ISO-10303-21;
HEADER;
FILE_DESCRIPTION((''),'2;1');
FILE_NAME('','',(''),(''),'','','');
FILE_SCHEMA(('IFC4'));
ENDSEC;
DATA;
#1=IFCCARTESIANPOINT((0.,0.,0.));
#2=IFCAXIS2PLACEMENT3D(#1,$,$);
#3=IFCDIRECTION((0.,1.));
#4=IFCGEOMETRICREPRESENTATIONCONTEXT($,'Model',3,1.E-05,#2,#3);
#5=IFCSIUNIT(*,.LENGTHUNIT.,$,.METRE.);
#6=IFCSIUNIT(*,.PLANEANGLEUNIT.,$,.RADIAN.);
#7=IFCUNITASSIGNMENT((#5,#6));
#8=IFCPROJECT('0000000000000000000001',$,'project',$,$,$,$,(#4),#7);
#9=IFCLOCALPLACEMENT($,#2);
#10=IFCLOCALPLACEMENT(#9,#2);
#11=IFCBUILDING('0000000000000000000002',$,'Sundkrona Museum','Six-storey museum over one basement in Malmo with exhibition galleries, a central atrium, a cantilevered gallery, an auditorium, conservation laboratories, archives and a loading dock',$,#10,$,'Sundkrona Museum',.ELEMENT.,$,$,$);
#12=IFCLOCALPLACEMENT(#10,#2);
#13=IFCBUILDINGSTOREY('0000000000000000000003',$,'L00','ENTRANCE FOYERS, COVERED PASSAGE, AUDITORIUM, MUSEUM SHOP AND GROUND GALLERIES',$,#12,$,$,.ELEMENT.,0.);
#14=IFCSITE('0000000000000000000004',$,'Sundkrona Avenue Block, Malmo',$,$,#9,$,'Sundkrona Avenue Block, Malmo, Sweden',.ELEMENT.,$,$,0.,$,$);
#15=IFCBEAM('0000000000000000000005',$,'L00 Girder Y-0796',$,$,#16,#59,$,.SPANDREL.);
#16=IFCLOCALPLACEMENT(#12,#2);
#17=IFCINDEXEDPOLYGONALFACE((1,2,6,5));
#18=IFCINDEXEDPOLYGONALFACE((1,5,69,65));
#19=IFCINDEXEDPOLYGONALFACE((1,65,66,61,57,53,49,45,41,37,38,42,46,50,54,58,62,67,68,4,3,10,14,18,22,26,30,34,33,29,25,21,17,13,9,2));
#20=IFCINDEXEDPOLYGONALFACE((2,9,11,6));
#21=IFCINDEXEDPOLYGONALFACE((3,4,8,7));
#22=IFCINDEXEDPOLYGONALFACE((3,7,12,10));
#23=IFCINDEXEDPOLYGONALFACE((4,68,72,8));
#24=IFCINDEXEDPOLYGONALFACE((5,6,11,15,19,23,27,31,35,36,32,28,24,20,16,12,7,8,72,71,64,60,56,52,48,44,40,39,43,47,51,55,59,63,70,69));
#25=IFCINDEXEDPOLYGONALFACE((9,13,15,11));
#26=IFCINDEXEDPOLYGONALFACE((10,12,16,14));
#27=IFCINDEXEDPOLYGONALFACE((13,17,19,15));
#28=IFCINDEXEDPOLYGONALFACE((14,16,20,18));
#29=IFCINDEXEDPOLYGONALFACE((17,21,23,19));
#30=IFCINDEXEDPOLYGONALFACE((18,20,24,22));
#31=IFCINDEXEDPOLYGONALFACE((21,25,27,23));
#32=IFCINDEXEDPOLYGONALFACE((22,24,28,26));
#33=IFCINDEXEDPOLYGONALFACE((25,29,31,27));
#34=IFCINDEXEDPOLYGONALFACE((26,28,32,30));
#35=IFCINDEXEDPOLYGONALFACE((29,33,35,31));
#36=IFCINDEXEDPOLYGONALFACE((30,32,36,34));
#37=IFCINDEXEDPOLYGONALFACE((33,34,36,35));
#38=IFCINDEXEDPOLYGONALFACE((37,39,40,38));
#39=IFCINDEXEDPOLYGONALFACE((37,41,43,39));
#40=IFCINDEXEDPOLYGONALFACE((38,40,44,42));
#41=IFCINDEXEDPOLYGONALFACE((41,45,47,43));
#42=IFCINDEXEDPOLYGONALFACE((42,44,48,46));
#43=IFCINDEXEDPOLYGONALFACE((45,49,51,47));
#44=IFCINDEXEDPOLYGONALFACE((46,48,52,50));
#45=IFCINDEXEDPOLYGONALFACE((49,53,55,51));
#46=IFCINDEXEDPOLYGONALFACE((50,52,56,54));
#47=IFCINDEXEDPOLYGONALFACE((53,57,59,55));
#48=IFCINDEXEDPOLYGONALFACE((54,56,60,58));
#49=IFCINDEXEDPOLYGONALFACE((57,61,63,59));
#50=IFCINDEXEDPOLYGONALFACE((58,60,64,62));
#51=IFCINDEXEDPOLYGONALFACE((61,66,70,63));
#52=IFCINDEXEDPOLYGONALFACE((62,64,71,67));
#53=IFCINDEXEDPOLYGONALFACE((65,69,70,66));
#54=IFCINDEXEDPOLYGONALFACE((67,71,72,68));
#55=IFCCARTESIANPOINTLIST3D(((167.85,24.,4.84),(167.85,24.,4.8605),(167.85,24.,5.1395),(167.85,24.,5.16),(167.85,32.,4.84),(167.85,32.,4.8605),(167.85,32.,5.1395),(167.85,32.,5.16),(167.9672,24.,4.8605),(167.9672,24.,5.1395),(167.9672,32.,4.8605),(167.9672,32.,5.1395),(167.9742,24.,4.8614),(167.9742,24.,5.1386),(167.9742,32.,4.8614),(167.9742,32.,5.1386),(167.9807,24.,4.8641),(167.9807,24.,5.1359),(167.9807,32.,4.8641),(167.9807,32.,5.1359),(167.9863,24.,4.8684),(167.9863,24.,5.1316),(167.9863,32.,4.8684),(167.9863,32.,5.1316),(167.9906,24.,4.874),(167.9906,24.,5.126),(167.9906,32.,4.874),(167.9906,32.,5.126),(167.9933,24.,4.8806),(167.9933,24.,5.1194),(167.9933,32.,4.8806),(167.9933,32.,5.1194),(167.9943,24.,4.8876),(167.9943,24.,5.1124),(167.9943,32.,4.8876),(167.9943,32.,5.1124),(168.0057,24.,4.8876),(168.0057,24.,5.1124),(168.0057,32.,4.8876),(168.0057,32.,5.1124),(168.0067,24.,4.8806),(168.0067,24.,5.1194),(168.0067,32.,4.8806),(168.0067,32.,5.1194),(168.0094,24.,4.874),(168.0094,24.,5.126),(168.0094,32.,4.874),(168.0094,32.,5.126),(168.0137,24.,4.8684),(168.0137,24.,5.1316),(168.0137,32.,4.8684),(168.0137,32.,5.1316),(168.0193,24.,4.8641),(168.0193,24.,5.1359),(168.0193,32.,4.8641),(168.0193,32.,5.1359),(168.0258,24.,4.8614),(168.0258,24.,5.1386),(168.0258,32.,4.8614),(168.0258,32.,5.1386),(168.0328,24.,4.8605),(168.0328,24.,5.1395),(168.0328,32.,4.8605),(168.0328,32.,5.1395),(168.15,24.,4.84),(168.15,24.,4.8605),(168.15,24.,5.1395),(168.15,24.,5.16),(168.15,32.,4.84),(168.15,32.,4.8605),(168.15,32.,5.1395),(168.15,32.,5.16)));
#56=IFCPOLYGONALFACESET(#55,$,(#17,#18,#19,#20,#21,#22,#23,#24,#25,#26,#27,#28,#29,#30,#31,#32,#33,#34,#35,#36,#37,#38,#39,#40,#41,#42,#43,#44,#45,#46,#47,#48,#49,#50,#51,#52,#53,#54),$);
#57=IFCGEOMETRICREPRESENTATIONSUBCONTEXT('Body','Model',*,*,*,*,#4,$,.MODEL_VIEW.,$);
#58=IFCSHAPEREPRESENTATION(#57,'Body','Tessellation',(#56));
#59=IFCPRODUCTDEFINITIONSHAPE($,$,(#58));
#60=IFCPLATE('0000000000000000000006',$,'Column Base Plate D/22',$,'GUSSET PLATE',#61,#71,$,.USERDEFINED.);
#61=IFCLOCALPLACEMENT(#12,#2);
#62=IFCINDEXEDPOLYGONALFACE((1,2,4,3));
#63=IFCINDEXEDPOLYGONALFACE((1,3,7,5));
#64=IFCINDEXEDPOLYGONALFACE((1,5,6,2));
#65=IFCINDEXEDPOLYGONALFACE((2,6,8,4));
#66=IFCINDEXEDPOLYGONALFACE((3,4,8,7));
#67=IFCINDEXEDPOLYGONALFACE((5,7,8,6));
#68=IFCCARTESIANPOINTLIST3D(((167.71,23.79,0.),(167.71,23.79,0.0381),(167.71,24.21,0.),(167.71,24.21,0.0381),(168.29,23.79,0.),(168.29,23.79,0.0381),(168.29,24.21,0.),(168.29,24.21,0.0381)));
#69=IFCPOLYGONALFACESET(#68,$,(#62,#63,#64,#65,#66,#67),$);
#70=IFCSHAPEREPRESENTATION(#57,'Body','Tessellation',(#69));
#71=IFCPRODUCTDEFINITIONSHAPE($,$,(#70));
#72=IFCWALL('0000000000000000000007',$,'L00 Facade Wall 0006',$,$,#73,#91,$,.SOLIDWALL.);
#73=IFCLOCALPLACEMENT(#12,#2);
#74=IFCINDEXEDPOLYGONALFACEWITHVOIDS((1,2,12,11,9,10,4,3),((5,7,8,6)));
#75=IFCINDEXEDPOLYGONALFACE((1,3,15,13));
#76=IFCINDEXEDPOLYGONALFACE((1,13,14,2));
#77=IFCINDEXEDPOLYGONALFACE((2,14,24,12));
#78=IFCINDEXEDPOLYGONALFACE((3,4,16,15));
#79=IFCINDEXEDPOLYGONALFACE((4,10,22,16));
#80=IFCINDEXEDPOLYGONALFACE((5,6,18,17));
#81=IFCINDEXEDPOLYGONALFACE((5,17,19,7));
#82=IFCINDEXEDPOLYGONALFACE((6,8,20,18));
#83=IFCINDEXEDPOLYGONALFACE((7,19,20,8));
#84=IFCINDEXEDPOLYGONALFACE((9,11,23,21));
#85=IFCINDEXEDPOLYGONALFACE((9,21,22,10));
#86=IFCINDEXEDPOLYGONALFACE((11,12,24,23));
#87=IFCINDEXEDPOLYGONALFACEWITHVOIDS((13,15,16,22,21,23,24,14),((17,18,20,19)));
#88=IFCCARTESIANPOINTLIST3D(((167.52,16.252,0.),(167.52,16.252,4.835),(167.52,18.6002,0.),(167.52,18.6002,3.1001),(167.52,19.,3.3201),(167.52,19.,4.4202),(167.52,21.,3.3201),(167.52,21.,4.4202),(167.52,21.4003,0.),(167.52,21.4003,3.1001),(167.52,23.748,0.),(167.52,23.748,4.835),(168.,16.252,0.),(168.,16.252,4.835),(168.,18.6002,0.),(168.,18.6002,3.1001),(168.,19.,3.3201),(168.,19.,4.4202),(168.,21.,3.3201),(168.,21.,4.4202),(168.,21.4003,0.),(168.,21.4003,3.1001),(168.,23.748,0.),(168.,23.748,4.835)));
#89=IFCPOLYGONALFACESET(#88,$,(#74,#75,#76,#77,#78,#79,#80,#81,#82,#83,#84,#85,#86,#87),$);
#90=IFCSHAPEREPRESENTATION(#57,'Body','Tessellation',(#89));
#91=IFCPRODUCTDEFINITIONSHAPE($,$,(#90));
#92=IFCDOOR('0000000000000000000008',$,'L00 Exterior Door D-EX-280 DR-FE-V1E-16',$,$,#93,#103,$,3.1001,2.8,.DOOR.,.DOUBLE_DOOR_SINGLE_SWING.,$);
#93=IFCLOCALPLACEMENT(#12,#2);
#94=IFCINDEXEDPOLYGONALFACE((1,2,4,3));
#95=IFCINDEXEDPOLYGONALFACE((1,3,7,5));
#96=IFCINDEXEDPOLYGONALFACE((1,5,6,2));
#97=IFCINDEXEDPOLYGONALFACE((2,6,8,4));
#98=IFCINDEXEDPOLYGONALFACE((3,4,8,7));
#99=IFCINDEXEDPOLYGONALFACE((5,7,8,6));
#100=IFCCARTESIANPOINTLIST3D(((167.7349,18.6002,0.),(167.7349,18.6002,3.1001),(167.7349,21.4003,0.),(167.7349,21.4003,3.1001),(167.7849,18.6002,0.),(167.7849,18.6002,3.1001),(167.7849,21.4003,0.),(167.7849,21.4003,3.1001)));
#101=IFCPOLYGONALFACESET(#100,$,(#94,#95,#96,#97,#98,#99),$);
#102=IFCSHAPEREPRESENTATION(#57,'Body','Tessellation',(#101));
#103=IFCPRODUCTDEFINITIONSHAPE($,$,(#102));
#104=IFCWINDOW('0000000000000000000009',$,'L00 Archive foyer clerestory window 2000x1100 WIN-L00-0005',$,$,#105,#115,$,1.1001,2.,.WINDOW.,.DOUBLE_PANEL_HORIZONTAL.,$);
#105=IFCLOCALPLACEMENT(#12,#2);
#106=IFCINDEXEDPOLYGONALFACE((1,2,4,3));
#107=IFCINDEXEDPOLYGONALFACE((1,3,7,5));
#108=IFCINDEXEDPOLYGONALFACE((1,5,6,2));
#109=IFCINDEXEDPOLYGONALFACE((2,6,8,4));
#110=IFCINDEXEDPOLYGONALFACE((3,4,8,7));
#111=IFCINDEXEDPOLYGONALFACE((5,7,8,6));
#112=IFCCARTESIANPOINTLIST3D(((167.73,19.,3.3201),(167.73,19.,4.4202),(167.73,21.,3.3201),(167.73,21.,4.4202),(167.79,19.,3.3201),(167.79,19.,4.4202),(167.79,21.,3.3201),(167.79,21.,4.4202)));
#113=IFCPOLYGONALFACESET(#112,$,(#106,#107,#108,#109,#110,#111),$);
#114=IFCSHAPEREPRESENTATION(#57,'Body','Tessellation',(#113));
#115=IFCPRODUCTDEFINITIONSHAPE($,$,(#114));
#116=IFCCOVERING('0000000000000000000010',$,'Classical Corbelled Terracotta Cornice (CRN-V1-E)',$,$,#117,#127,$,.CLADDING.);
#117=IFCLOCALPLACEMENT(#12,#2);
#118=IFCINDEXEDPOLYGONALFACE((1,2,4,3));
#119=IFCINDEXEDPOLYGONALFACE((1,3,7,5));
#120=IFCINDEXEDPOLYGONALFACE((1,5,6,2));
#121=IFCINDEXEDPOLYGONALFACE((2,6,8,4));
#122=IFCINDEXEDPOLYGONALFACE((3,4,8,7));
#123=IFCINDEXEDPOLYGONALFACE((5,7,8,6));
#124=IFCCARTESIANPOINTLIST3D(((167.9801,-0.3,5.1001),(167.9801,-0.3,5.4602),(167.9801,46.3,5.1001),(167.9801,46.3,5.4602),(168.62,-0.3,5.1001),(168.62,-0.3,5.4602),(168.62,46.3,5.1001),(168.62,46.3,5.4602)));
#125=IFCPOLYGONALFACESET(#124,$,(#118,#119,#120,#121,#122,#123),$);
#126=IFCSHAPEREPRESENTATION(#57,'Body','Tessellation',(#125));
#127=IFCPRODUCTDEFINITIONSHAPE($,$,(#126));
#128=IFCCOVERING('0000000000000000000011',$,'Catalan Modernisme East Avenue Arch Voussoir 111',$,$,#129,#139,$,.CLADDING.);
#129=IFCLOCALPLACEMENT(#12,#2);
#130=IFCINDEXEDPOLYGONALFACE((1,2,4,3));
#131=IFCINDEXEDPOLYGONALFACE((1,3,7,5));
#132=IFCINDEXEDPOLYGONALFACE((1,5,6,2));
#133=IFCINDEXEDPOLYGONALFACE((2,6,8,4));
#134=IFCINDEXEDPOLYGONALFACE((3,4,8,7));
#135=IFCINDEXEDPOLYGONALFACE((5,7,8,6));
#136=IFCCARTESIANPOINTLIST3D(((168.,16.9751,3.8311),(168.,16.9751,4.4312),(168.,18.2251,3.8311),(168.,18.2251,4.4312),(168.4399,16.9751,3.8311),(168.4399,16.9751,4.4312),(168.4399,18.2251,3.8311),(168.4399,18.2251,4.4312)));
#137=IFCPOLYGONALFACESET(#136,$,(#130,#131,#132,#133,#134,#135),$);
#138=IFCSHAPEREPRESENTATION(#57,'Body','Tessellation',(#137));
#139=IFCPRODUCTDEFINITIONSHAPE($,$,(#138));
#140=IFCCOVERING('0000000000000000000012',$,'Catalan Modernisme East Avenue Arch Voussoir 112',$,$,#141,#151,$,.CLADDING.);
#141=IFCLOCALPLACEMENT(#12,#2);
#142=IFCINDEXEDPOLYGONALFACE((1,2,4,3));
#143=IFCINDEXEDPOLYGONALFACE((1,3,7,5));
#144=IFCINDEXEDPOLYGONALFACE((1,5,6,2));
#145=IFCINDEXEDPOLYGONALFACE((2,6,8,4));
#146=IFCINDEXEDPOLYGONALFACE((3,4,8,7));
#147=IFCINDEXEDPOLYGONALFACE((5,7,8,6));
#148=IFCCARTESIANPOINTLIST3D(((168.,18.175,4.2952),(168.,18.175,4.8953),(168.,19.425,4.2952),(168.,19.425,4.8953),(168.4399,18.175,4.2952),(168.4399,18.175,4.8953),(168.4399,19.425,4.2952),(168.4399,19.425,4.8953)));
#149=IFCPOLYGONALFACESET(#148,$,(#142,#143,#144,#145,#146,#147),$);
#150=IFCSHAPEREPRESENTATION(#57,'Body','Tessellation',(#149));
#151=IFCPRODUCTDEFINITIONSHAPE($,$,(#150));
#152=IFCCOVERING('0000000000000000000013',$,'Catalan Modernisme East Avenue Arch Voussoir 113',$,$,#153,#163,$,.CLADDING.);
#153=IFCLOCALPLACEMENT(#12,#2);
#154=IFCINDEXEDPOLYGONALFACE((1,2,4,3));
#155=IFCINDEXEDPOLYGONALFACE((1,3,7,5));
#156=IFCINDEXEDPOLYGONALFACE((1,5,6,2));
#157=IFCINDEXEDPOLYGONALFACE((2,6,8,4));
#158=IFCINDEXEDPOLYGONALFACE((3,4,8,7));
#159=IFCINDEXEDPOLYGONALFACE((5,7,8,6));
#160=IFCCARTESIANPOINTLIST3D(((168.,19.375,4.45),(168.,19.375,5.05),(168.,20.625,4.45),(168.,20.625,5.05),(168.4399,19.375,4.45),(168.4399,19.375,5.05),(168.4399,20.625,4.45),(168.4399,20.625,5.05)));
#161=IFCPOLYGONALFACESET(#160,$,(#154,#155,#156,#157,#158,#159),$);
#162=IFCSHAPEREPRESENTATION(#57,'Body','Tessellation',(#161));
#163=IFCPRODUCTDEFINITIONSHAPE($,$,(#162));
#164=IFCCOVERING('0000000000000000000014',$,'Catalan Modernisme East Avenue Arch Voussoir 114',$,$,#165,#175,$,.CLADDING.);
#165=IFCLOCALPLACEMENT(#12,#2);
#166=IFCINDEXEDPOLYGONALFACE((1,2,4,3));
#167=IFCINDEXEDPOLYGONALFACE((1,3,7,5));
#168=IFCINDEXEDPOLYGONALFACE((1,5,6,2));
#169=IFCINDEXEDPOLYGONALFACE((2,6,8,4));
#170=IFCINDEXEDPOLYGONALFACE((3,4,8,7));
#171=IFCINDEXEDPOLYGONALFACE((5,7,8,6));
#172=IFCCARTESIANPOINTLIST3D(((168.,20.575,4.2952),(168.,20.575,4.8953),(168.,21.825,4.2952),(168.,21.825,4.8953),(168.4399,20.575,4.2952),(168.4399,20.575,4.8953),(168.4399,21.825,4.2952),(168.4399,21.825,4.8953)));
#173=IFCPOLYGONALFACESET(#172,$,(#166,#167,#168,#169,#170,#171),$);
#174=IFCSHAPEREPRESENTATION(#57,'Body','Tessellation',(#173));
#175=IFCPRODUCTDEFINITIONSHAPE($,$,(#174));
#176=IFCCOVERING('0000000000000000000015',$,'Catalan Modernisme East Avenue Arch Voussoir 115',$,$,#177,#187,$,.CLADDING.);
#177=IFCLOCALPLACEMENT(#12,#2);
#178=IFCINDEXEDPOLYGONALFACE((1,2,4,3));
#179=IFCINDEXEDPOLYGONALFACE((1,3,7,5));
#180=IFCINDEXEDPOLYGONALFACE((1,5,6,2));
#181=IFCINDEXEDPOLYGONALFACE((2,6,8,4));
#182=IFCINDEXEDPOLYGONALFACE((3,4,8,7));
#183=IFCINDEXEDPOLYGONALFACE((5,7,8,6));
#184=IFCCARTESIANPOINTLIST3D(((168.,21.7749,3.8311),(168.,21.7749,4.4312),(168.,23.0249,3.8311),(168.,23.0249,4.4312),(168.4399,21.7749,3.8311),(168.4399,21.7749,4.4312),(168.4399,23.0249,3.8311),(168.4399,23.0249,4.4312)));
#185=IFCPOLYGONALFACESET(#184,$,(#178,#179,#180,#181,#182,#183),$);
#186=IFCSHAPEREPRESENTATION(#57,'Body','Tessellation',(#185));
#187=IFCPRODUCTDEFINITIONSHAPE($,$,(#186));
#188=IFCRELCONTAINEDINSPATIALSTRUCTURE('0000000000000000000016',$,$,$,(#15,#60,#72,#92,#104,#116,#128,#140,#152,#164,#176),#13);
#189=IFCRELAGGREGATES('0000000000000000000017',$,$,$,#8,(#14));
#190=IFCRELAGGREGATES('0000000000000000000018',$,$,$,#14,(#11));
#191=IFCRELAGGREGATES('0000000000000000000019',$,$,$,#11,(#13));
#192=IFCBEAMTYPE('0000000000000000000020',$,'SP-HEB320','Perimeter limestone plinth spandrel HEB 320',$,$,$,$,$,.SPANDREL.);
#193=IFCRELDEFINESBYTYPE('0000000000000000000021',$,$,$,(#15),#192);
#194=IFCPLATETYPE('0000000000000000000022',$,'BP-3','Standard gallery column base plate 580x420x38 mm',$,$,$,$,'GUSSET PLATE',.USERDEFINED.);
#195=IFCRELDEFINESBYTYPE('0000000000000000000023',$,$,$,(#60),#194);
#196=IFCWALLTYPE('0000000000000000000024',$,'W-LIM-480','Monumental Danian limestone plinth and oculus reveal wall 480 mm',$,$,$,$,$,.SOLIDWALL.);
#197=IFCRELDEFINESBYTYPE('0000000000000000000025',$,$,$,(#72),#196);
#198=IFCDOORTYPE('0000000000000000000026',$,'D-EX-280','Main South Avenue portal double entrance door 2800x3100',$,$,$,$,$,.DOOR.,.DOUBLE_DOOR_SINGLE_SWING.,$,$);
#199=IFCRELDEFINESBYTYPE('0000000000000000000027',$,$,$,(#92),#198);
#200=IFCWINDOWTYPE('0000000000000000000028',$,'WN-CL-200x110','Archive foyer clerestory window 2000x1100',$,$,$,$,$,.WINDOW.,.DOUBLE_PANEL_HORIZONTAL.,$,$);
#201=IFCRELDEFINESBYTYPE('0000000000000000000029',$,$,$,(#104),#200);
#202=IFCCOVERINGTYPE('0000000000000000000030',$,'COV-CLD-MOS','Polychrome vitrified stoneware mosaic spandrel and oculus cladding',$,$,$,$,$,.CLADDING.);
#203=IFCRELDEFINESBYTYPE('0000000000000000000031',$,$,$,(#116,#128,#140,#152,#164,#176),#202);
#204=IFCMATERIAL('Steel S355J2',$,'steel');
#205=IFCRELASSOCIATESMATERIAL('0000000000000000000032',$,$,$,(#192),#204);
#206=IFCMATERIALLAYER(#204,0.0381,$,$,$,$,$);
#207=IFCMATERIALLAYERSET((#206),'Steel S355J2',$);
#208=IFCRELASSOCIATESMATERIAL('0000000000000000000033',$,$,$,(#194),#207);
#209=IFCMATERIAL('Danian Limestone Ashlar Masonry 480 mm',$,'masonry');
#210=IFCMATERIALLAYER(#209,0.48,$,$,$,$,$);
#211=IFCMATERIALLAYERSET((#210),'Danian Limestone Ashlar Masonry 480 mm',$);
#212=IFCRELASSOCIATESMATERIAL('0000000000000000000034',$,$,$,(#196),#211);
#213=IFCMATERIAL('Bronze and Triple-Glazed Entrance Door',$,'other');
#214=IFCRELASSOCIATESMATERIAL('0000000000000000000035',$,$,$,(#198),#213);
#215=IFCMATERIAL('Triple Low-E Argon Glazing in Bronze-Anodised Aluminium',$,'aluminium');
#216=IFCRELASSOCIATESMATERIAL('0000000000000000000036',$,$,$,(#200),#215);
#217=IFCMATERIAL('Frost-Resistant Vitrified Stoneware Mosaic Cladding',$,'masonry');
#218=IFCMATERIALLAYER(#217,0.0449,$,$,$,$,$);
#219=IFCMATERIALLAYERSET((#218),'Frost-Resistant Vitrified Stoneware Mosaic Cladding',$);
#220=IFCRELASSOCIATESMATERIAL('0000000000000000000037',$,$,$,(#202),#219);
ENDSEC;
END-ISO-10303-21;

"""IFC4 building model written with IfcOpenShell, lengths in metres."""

from ifc_helpers import new_model, si_unit, direction, frame, frame_2d, origin, origin_2d, place, context, subcontext, project, spatial, rectangle, i_section, extrude, material, layer, layer_set, material_profile, profile_set, type_object, element, fill, save


model = new_model("IFC4")

# Units and contexts
model_context = context("Model", 3, precision=1e-05, world=origin(), true_north=direction((0.0, 1.0)))
body_context = subcontext(model_context, "Body", "Model", "MODEL_VIEW")
ifc_project = project(units=[si_unit("LENGTHUNIT", "METRE"), si_unit("PLANEANGLEUNIT", "RADIAN")], contexts=[model_context])

# Site, building, storey
site_placement = place(None, origin())
site = spatial("IfcSite", under=ifc_project, at=site_placement, Name="Sundkrona Avenue Block, Malmo", LongName="Sundkrona Avenue Block, Malmo, Sweden", CompositionType="ELEMENT", RefElevation=0.0)
building_placement = place(site_placement, origin())
building = spatial("IfcBuilding", under=site, at=building_placement, Name="Sundkrona Museum", Description="Six-storey museum over one basement in Malmo with exhibition galleries, a central atrium, a cantilevered gallery, an auditorium, conservation laboratories, archives and a loading dock", LongName="Sundkrona Museum", CompositionType="ELEMENT")
storey_placement = place(building_placement, origin())
storey = spatial("IfcBuildingStorey", under=building, at=storey_placement, Name="L00", Description="ENTRANCE FOYERS, COVERED PASSAGE, AUDITORIUM, MUSEUM SHOP AND GROUND GALLERIES", CompositionType="ELEMENT", Elevation=0.0)

# Shared definitions
ifc_material_1 = material(Name="Steel S355J2", Category="steel")

# Beam
ifc_material_profile_1 = material_profile(ifc_material_1, i_section(OverallWidth=0.3, OverallDepth=0.3201, WebThickness=0.0115, FlangeThickness=0.0205, FilletRadius=0.0271, at=origin_2d()), Name="HEB 320")
ifc_profile_set_1 = profile_set([ifc_material_profile_1], Name="Steel S355J2")
beam_type_1 = type_object("IfcBeamType", Name="SP-HEB320", Description="Perimeter limestone plinth spandrel HEB 320", PredefinedType="SPANDREL", material=ifc_profile_set_1)
beam_placement = place(storey_placement, frame((168.0, 24.0, 5.0), z_axis=(0.0, 1.0, 0.0), x_axis=(-1.0, 0.0, 0.0)))
element("IfcBeam", 1, at=beam_placement, inside=storey, type_object=beam_type_1, Name="L00 Girder Y-0796", PredefinedType="SPANDREL", context=body_context, shape_type="SweptSolid", body=[
    extrude(i_section(OverallWidth=0.3, OverallDepth=0.3201, WebThickness=0.0115, FlangeThickness=0.0205, FilletRadius=0.0271, at=origin_2d()), origin(), (0.0, 0.0, 1.0), 8.0),
])

# Plate
ifc_layer_1 = layer(ifc_material_1, 0.0381)
ifc_layer_set_1 = layer_set([ifc_layer_1], Name="Steel S355J2")
plate_type = type_object("IfcPlateType", Name="BP-3", Description="Standard gallery column base plate 580x420x38 mm", ElementType="GUSSET PLATE", PredefinedType="USERDEFINED", material=ifc_layer_set_1)
plate_placement = place(storey_placement, frame((168.0, 24.0, 0.0), z_axis=(0.0, 0.0, 1.0), x_axis=(1.0, 0.0, 0.0)))
element("IfcPlate", 2, at=plate_placement, inside=storey, type_object=plate_type, Name="Column Base Plate D/22", ObjectType="GUSSET PLATE", PredefinedType="USERDEFINED", context=body_context, shape_type="SweptSolid", body=[
    extrude(rectangle(XDim=0.5801, YDim=0.4199, at=origin_2d()), origin(), (0.0, 0.0, 1.0), 0.0381),
])

# Wall, openings, door, window
ifc_material_2 = material(Name="Danian Limestone Ashlar Masonry 480 mm", Category="masonry")
ifc_layer_2 = layer(ifc_material_2, 0.48)
ifc_layer_set_2 = layer_set([ifc_layer_2], Name="Danian Limestone Ashlar Masonry 480 mm")
wall_type = type_object("IfcWallType", Name="W-LIM-480", Description="Monumental Danian limestone plinth and oculus reveal wall 480 mm", PredefinedType="SOLIDWALL", material=ifc_layer_set_2)
wall_placement = place(storey_placement, frame((167.76, 23.748, 0.0), z_axis=(0.0, 0.0, 1.0), x_axis=(0.0, -1.0, 0.0)))
wall = element("IfcWall", 3, at=wall_placement, inside=storey, type_object=wall_type, Name="L00 Facade Wall 0006", PredefinedType="SOLIDWALL", context=body_context, shape_type="SweptSolid", body=[
    extrude(rectangle(XDim=7.4961, YDim=0.48, at=frame_2d((3.748, 0.0))), origin(), (0.0, 0.0, 1.0), 4.835),
])
opening_1_placement = place(wall_placement, frame((2.3479, 0.0, 0.0)))
opening_1 = element("IfcOpeningElement", 4, at=opening_1_placement, cuts=wall, PredefinedType="OPENING", context=body_context, shape_type="SweptSolid", body=[
    extrude(rectangle(XDim=2.8, YDim=3.1001, at=frame_2d((1.3999, 1.55))), frame((0.0, 0.25, 0.0), z_axis=(0.0, -1.0, 0.0), x_axis=(1.0, 0.0, 0.0)), (0.0, 0.0, 1.0), 0.5),
])
opening_2_placement = place(wall_placement, frame((2.748, 0.0, 3.3201)))
opening_2 = element("IfcOpeningElement", 5, at=opening_2_placement, cuts=wall, PredefinedType="OPENING", context=body_context, shape_type="SweptSolid", body=[
    extrude(rectangle(XDim=2.0, YDim=1.1001, at=frame_2d((1.0, 0.55))), frame((0.0, 0.25, 0.0), z_axis=(0.0, -1.0, 0.0), x_axis=(1.0, 0.0, 0.0)), (0.0, 0.0, 1.0), 0.5),
])
ifc_material_3 = material(Name="Bronze and Triple-Glazed Entrance Door", Category="other")
door_type = type_object("IfcDoorType", Name="D-EX-280", Description="Main South Avenue portal double entrance door 2800x3100", OperationType="DOUBLE_DOOR_SINGLE_SWING", PredefinedType="DOOR", material=ifc_material_3)
door_placement = place(opening_1_placement, origin())
door = element("IfcDoor", 6, at=door_placement, inside=storey, type_object=door_type, Name="L00 Exterior Door D-EX-280 DR-FE-V1E-16", OperationType="DOUBLE_DOOR_SINGLE_SWING", OverallHeight=3.1001, OverallWidth=2.8, PredefinedType="DOOR", context=body_context, shape_type="SweptSolid", body=[
    extrude(rectangle(XDim=2.8, YDim=3.1001, at=frame_2d((1.3999, 1.55))), frame((0.0, 0.0249, 0.0), z_axis=(0.0, -1.0, 0.0), x_axis=(1.0, 0.0, 0.0)), (0.0, 0.0, 1.0), 0.05),
])
fill(opening_1, door)
ifc_material_4 = material(Name="Triple Low-E Argon Glazing in Bronze-Anodised Aluminium", Category="aluminium")
window_type = type_object("IfcWindowType", Name="WN-CL-200x110", Description="Archive foyer clerestory window 2000x1100", PartitioningType="DOUBLE_PANEL_HORIZONTAL", PredefinedType="WINDOW", material=ifc_material_4)
window_placement = place(opening_2_placement, origin())
window = element("IfcWindow", 7, at=window_placement, inside=storey, type_object=window_type, Name="L00 Archive foyer clerestory window 2000x1100 WIN-L00-0005", OverallHeight=1.1001, OverallWidth=2.0, PartitioningType="DOUBLE_PANEL_HORIZONTAL", PredefinedType="WINDOW", context=body_context, shape_type="SweptSolid", body=[
    extrude(rectangle(XDim=2.0, YDim=1.1001, at=frame_2d((1.0, 0.55))), frame((0.0, 0.03, 0.0), z_axis=(0.0, -1.0, 0.0), x_axis=(1.0, 0.0, 0.0)), (0.0, 0.0, 1.0), 0.0601),
])
fill(opening_2, window)

# Coverings
ifc_material_5 = material(Name="Frost-Resistant Vitrified Stoneware Mosaic Cladding", Category="masonry")
ifc_layer_3 = layer(ifc_material_5, 0.0449)
ifc_layer_set_3 = layer_set([ifc_layer_3], Name="Frost-Resistant Vitrified Stoneware Mosaic Cladding")
covering_type = type_object("IfcCoveringType", Name="COV-CLD-MOS", Description="Polychrome vitrified stoneware mosaic spandrel and oculus cladding", PredefinedType="CLADDING", material=ifc_layer_set_3)
covering_placement = place(storey_placement, frame((168.3, 23.0, 5.1001), z_axis=(0.0, 0.0, 1.0), x_axis=(1.0, 0.0, 0.0)))
element("IfcCovering", 8, at=covering_placement, inside=storey, type_object=covering_type, Name="Classical Corbelled Terracotta Cornice (CRN-V1-E)", PredefinedType="CLADDING", context=body_context, shape_type="SweptSolid", body=[
    extrude(rectangle(XDim=0.6399, YDim=46.6001, at=origin_2d()), origin(), (0.0, 0.0, 1.0), 0.3601),
])
for number, where, z_axis, x_axis, name in (
    (9, (168.22, 17.6001, 3.8311), (0.0, 0.0, 1.0), (1.0, 0.0, 0.0), "Catalan Modernisme East Avenue Arch Voussoir 111"),
    (10, (168.22, 18.8, 4.2952), (0.0, 0.0, 1.0), (1.0, 0.0, 0.0), "Catalan Modernisme East Avenue Arch Voussoir 112"),
    (11, (168.22, 20.0, 4.45), (0.0, 0.0, 1.0), (1.0, 0.0, 0.0), "Catalan Modernisme East Avenue Arch Voussoir 113"),
    (12, (168.22, 21.2, 4.2952), (0.0, 0.0, 1.0), (1.0, 0.0, 0.0), "Catalan Modernisme East Avenue Arch Voussoir 114"),
    (13, (168.22, 22.3999, 3.8311), (0.0, 0.0, 1.0), (1.0, 0.0, 0.0), "Catalan Modernisme East Avenue Arch Voussoir 115"),
):
    element("IfcCovering", number, at=place(storey_placement, frame(where, z_axis=z_axis, x_axis=x_axis)), inside=storey, type_object=covering_type, Name=name, PredefinedType="CLADDING", context=body_context, shape_type="SweptSolid", body=[
        extrude(rectangle(XDim=0.4399, YDim=1.25, at=origin_2d()), origin(), (0.0, 0.0, 1.0), 0.6001),
    ])

save(model, "model.ifc")
